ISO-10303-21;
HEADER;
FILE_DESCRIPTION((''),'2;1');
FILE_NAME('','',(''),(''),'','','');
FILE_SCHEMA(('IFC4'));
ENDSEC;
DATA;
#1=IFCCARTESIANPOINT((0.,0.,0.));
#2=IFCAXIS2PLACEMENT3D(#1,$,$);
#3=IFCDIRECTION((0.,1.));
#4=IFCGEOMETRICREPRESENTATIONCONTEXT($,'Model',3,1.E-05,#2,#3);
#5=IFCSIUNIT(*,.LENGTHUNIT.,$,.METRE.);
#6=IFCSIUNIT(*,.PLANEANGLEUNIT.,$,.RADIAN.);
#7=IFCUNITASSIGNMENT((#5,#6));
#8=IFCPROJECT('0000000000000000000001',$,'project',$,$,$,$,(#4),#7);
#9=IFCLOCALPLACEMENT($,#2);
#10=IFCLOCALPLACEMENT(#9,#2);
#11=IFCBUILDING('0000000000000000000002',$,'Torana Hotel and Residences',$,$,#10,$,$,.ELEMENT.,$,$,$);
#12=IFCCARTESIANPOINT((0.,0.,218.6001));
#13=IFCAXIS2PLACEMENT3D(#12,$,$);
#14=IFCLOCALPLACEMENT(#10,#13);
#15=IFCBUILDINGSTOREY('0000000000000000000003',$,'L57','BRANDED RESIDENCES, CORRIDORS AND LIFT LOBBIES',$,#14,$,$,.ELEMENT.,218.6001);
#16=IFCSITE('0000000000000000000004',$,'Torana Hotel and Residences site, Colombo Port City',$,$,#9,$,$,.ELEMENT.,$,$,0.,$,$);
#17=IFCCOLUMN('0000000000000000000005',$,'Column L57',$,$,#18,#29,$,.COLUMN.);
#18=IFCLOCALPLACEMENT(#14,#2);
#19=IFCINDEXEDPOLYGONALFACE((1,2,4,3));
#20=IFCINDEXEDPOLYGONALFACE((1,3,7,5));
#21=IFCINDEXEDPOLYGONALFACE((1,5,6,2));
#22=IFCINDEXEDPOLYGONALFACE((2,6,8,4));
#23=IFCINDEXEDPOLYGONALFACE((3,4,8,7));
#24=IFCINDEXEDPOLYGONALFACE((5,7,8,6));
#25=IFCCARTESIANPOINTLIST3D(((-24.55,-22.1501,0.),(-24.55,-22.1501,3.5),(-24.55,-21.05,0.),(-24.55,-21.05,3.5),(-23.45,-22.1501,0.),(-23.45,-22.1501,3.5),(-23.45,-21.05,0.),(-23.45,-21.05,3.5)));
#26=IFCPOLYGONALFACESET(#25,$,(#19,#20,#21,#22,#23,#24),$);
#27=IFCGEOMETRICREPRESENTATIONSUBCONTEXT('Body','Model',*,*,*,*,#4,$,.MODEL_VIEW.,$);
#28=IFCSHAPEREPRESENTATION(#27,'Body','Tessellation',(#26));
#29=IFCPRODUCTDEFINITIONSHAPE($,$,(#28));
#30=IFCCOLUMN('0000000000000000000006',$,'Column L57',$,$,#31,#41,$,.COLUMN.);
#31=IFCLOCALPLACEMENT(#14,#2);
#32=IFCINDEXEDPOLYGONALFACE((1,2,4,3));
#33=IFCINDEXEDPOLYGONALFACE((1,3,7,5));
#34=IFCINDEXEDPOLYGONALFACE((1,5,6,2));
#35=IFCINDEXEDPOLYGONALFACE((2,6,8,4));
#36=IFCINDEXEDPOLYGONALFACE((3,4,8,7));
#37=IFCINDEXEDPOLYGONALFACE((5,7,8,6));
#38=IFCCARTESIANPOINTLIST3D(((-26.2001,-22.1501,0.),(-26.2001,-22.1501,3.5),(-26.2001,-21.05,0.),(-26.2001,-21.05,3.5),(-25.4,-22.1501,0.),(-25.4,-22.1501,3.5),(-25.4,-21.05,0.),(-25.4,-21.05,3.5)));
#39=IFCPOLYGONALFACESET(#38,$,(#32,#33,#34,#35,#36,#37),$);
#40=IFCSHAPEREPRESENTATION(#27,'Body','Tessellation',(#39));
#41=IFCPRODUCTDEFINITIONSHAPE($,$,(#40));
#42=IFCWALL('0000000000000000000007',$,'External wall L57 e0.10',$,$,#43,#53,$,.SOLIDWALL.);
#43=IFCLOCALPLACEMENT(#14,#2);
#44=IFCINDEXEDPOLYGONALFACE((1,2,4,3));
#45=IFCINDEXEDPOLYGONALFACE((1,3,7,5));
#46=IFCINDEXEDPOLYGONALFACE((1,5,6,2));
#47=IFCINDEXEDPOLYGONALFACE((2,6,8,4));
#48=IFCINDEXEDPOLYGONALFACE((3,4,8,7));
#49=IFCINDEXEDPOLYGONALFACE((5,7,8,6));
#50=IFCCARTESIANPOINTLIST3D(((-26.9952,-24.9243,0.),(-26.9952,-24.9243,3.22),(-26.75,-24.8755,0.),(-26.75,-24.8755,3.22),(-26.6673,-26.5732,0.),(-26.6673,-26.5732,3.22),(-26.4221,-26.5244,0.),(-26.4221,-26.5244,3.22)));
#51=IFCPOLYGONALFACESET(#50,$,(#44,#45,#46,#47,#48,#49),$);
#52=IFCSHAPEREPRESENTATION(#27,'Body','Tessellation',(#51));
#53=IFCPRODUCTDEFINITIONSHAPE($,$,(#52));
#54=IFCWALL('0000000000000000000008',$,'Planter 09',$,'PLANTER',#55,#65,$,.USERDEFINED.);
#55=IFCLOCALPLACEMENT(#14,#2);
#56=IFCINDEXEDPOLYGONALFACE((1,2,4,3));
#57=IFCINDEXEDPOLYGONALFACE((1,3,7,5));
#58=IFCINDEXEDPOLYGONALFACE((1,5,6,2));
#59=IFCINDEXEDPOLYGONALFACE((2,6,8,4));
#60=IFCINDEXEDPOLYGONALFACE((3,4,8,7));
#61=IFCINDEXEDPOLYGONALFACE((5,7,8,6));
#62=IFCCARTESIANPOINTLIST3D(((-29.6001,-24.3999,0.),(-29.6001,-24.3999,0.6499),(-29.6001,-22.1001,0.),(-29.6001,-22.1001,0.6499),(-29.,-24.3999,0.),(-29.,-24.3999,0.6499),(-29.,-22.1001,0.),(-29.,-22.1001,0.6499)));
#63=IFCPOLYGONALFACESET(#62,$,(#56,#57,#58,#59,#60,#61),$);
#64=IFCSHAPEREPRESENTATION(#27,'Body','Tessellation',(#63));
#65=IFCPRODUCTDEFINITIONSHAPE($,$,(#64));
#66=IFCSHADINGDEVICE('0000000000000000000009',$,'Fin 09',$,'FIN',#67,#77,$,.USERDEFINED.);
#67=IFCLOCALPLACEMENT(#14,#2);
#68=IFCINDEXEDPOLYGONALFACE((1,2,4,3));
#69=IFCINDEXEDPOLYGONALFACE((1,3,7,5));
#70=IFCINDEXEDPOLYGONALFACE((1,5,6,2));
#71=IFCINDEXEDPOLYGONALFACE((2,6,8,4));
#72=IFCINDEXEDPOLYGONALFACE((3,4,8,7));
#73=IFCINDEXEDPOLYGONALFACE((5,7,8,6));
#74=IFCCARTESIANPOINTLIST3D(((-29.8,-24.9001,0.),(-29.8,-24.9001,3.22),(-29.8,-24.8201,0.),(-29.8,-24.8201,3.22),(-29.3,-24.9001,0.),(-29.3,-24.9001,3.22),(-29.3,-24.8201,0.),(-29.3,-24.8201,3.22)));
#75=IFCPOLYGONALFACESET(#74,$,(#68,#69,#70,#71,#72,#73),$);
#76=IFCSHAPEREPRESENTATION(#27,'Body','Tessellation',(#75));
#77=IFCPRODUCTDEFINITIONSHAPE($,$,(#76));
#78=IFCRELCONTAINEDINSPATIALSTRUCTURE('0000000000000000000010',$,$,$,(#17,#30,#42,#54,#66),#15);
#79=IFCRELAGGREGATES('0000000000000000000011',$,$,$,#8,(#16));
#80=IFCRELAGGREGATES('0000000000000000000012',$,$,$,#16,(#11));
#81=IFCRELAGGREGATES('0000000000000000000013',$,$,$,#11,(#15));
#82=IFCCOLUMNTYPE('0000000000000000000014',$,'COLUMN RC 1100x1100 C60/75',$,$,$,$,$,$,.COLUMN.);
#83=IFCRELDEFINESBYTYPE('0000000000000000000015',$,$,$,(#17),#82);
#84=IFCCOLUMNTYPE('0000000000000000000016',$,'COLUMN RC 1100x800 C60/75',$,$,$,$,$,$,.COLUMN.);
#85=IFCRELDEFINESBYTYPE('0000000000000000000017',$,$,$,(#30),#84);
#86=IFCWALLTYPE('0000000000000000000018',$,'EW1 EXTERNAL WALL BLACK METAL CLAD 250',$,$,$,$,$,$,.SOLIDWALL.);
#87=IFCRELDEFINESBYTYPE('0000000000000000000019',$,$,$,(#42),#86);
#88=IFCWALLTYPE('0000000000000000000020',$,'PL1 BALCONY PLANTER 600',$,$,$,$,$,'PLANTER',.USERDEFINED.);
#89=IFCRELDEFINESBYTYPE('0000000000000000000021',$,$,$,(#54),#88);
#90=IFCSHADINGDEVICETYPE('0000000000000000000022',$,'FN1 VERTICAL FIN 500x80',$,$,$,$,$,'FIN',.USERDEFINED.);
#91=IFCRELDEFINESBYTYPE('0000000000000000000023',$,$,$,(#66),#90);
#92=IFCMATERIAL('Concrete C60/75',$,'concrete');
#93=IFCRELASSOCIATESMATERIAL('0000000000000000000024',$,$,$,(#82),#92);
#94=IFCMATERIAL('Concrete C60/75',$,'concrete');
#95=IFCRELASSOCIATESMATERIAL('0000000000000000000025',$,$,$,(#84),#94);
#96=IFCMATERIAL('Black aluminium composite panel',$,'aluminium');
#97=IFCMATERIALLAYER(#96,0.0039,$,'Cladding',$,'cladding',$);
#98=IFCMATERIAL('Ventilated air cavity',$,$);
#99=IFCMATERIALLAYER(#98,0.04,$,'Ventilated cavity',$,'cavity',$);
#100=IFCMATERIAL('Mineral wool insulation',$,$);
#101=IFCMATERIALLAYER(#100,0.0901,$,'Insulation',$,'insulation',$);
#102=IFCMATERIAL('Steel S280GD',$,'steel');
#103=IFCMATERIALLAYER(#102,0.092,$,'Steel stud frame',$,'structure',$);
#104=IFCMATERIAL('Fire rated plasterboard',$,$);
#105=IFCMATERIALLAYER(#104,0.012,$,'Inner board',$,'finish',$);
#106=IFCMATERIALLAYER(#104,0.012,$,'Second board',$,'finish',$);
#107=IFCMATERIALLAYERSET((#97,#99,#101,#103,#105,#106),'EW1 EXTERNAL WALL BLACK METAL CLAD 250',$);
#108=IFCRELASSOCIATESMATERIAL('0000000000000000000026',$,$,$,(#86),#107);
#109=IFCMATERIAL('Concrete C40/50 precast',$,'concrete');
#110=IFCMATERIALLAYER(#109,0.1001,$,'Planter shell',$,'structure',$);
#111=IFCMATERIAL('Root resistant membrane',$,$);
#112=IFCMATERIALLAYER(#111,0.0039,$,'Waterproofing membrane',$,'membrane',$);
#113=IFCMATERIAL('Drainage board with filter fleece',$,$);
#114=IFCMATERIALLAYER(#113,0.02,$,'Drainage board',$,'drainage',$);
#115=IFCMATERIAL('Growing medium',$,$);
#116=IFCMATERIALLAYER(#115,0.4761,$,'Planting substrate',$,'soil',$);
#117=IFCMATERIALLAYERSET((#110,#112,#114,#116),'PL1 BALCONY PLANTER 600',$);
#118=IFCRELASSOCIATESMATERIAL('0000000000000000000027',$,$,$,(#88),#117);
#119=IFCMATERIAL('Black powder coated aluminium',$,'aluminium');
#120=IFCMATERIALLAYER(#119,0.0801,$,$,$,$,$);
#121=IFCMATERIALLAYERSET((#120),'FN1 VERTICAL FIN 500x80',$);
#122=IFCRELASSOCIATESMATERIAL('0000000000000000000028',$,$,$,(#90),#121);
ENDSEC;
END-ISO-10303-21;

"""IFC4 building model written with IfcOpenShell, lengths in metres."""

from ifc_helpers import new_model, si_unit, direction, frame, frame_2d, origin, origin_2d, place, context, subcontext, project, spatial, rectangle, extrude, material, layer, layer_set, material_profile, profile_set, type_object, element, save


model = new_model("IFC4")

# Units and contexts
model_context = context("Model", 3, precision=1e-05, world=origin(), true_north=direction((0.0, 1.0)))
body_context = subcontext(model_context, "Body", "Model", "MODEL_VIEW")
ifc_project = project(units=[si_unit("LENGTHUNIT", "METRE"), si_unit("PLANEANGLEUNIT", "RADIAN")], contexts=[model_context])

# Site, building, storey
site_placement = place(None, origin())
site = spatial("IfcSite", under=ifc_project, at=site_placement, Name="Torana Hotel and Residences site, Colombo Port City", CompositionType="ELEMENT", RefElevation=0.0)
building_placement = place(site_placement, origin())
building = spatial("IfcBuilding", under=site, at=building_placement, Name="Torana Hotel and Residences", CompositionType="ELEMENT")
storey_placement = place(building_placement, frame((0.0, 0.0, 218.6001)))
storey = spatial("IfcBuildingStorey", under=building, at=storey_placement, Name="L57", Description="BRANDED RESIDENCES, CORRIDORS AND LIFT LOBBIES", CompositionType="ELEMENT", Elevation=218.6001)

# Columns
ifc_material_1 = material(Name="Concrete C60/75", Category="concrete")
ifc_material_profile_1 = material_profile(ifc_material_1, rectangle(XDim=1.1001, YDim=1.1001, at=origin_2d()), Name="RC 1100x1100")
ifc_profile_set_1 = profile_set([ifc_material_profile_1], Name="Concrete C60/75")
column_type_1 = type_object("IfcColumnType", Name="COLUMN RC 1100x1100 C60/75", PredefinedType="COLUMN", material=ifc_profile_set_1)
column_1_placement = place(storey_placement, frame((-24.0, -21.6001, 0.0), z_axis=(0.0, 0.0, 1.0), x_axis=(1.0, 0.0, 0.0)))
element("IfcColumn", 1, at=column_1_placement, inside=storey, type_object=column_type_1, Name="Column L57", PredefinedType="COLUMN", context=body_context, shape_type="SweptSolid", body=[
    extrude(rectangle(XDim=1.1001, YDim=1.1001, at=origin_2d()), origin(), (0.0, 0.0, 1.0), 3.5),
])
ifc_material_2 = material(Name="Concrete C60/75", Category="concrete")
ifc_material_profile_2 = material_profile(ifc_material_2, rectangle(XDim=1.1001, YDim=0.8, at=origin_2d()), Name="RC 1100x800")
ifc_profile_set_2 = profile_set([ifc_material_profile_2], Name="Concrete C60/75")
column_type_2 = type_object("IfcColumnType", Name="COLUMN RC 1100x800 C60/75", PredefinedType="COLUMN", material=ifc_profile_set_2)
column_2_placement = place(storey_placement, frame((-25.8, -21.6001, 0.0), z_axis=(0.0, 0.0, 1.0), x_axis=(0.0, 1.0, 0.0)))
element("IfcColumn", 2, at=column_2_placement, inside=storey, type_object=column_type_2, Name="Column L57", PredefinedType="COLUMN", context=body_context, shape_type="SweptSolid", body=[
    extrude(rectangle(XDim=1.1001, YDim=0.8, at=origin_2d()), origin(), (0.0, 0.0, 1.0), 3.5),
])

# Walls
ifc_material_3 = material(Name="Black aluminium composite panel", Category="aluminium")
ifc_layer_1 = layer(ifc_material_3, 0.0039, Name="Cladding", Category="cladding")
ifc_material_4 = material(Name="Ventilated air cavity")
ifc_layer_2 = layer(ifc_material_4, 0.04, Name="Ventilated cavity", Category="cavity")
ifc_material_5 = material(Name="Mineral wool insulation")
ifc_layer_3 = layer(ifc_material_5, 0.0901, Name="Insulation", Category="insulation")
ifc_material_6 = material(Name="Steel S280GD", Category="steel")
ifc_layer_4 = layer(ifc_material_6, 0.092, Name="Steel stud frame", Category="structure")
ifc_material_7 = material(Name="Fire rated plasterboard")
ifc_layer_5 = layer(ifc_material_7, 0.012, Name="Inner board", Category="finish")
ifc_layer_6 = layer(ifc_material_7, 0.012, Name="Second board", Category="finish")
ifc_layer_set_1 = layer_set([ifc_layer_1, ifc_layer_2, ifc_layer_3, ifc_layer_4, ifc_layer_5, ifc_layer_6], Name="EW1 EXTERNAL WALL BLACK METAL CLAD 250")
wall_type_1 = type_object("IfcWallType", Name="EW1 EXTERNAL WALL BLACK METAL CLAD 250", PredefinedType="SOLIDWALL", material=ifc_layer_set_1)
wall_1_placement = place(storey_placement, frame((-26.8726, -24.8999, 0.0), z_axis=(0.0, 0.0, 1.0), x_axis=(0.195027, -0.980798, 0.0)))
element("IfcWall", 3, at=wall_1_placement, inside=storey, type_object=wall_type_1, Name="External wall L57 e0.10", PredefinedType="SOLIDWALL", context=body_context, shape_type="SweptSolid", body=[
    extrude(rectangle(XDim=1.6812, YDim=0.25, at=frame_2d((0.8406, 0.0))), origin(), (0.0, 0.0, 1.0), 3.22),
])
ifc_material_8 = material(Name="Concrete C40/50 precast", Category="concrete")
ifc_layer_7 = layer(ifc_material_8, 0.1001, Name="Planter shell", Category="structure")
ifc_material_9 = material(Name="Root resistant membrane")
ifc_layer_8 = layer(ifc_material_9, 0.0039, Name="Waterproofing membrane", Category="membrane")
ifc_material_10 = material(Name="Drainage board with filter fleece")
ifc_layer_9 = layer(ifc_material_10, 0.02, Name="Drainage board", Category="drainage")
ifc_material_11 = material(Name="Growing medium")
ifc_layer_10 = layer(ifc_material_11, 0.4761, Name="Planting substrate", Category="soil")
ifc_layer_set_2 = layer_set([ifc_layer_7, ifc_layer_8, ifc_layer_9, ifc_layer_10], Name="PL1 BALCONY PLANTER 600")
wall_type_2 = type_object("IfcWallType", Name="PL1 BALCONY PLANTER 600", ElementType="PLANTER", PredefinedType="USERDEFINED", material=ifc_layer_set_2)
wall_2_placement = place(storey_placement, frame((-29.3, -24.3999, 0.0), z_axis=(0.0, 0.0, 1.0), x_axis=(0.0, 1.0, 0.0)))
element("IfcWall", 4, at=wall_2_placement, inside=storey, type_object=wall_type_2, Name="Planter 09", ObjectType="PLANTER", PredefinedType="USERDEFINED", context=body_context, shape_type="SweptSolid", body=[
    extrude(rectangle(XDim=2.2998, YDim=0.6001, at=frame_2d((1.1499, 0.0))), origin(), (0.0, 0.0, 1.0), 0.6499),
])

# Shading device
ifc_material_12 = material(Name="Black powder coated aluminium", Category="aluminium")
ifc_layer_11 = layer(ifc_material_12, 0.0801)
ifc_layer_set_3 = layer_set([ifc_layer_11], Name="FN1 VERTICAL FIN 500x80")
shading_device_type = type_object("IfcShadingDeviceType", Name="FN1 VERTICAL FIN 500x80", ElementType="FIN", PredefinedType="USERDEFINED", material=ifc_layer_set_3)
shading_device_placement = place(storey_placement, frame((-29.55, -24.8601, 0.0), z_axis=(0.0, 0.0, 1.0), x_axis=(0.0, 1.0, 0.0)))
element("IfcShadingDevice", 5, at=shading_device_placement, inside=storey, type_object=shading_device_type, Name="Fin 09", ObjectType="FIN", PredefinedType="USERDEFINED", context=body_context, shape_type="SweptSolid", body=[
    extrude(rectangle(XDim=0.0801, YDim=0.5, at=origin_2d()), origin(), (0.0, 0.0, 1.0), 3.22),
])

save(model, "model.ifc")
